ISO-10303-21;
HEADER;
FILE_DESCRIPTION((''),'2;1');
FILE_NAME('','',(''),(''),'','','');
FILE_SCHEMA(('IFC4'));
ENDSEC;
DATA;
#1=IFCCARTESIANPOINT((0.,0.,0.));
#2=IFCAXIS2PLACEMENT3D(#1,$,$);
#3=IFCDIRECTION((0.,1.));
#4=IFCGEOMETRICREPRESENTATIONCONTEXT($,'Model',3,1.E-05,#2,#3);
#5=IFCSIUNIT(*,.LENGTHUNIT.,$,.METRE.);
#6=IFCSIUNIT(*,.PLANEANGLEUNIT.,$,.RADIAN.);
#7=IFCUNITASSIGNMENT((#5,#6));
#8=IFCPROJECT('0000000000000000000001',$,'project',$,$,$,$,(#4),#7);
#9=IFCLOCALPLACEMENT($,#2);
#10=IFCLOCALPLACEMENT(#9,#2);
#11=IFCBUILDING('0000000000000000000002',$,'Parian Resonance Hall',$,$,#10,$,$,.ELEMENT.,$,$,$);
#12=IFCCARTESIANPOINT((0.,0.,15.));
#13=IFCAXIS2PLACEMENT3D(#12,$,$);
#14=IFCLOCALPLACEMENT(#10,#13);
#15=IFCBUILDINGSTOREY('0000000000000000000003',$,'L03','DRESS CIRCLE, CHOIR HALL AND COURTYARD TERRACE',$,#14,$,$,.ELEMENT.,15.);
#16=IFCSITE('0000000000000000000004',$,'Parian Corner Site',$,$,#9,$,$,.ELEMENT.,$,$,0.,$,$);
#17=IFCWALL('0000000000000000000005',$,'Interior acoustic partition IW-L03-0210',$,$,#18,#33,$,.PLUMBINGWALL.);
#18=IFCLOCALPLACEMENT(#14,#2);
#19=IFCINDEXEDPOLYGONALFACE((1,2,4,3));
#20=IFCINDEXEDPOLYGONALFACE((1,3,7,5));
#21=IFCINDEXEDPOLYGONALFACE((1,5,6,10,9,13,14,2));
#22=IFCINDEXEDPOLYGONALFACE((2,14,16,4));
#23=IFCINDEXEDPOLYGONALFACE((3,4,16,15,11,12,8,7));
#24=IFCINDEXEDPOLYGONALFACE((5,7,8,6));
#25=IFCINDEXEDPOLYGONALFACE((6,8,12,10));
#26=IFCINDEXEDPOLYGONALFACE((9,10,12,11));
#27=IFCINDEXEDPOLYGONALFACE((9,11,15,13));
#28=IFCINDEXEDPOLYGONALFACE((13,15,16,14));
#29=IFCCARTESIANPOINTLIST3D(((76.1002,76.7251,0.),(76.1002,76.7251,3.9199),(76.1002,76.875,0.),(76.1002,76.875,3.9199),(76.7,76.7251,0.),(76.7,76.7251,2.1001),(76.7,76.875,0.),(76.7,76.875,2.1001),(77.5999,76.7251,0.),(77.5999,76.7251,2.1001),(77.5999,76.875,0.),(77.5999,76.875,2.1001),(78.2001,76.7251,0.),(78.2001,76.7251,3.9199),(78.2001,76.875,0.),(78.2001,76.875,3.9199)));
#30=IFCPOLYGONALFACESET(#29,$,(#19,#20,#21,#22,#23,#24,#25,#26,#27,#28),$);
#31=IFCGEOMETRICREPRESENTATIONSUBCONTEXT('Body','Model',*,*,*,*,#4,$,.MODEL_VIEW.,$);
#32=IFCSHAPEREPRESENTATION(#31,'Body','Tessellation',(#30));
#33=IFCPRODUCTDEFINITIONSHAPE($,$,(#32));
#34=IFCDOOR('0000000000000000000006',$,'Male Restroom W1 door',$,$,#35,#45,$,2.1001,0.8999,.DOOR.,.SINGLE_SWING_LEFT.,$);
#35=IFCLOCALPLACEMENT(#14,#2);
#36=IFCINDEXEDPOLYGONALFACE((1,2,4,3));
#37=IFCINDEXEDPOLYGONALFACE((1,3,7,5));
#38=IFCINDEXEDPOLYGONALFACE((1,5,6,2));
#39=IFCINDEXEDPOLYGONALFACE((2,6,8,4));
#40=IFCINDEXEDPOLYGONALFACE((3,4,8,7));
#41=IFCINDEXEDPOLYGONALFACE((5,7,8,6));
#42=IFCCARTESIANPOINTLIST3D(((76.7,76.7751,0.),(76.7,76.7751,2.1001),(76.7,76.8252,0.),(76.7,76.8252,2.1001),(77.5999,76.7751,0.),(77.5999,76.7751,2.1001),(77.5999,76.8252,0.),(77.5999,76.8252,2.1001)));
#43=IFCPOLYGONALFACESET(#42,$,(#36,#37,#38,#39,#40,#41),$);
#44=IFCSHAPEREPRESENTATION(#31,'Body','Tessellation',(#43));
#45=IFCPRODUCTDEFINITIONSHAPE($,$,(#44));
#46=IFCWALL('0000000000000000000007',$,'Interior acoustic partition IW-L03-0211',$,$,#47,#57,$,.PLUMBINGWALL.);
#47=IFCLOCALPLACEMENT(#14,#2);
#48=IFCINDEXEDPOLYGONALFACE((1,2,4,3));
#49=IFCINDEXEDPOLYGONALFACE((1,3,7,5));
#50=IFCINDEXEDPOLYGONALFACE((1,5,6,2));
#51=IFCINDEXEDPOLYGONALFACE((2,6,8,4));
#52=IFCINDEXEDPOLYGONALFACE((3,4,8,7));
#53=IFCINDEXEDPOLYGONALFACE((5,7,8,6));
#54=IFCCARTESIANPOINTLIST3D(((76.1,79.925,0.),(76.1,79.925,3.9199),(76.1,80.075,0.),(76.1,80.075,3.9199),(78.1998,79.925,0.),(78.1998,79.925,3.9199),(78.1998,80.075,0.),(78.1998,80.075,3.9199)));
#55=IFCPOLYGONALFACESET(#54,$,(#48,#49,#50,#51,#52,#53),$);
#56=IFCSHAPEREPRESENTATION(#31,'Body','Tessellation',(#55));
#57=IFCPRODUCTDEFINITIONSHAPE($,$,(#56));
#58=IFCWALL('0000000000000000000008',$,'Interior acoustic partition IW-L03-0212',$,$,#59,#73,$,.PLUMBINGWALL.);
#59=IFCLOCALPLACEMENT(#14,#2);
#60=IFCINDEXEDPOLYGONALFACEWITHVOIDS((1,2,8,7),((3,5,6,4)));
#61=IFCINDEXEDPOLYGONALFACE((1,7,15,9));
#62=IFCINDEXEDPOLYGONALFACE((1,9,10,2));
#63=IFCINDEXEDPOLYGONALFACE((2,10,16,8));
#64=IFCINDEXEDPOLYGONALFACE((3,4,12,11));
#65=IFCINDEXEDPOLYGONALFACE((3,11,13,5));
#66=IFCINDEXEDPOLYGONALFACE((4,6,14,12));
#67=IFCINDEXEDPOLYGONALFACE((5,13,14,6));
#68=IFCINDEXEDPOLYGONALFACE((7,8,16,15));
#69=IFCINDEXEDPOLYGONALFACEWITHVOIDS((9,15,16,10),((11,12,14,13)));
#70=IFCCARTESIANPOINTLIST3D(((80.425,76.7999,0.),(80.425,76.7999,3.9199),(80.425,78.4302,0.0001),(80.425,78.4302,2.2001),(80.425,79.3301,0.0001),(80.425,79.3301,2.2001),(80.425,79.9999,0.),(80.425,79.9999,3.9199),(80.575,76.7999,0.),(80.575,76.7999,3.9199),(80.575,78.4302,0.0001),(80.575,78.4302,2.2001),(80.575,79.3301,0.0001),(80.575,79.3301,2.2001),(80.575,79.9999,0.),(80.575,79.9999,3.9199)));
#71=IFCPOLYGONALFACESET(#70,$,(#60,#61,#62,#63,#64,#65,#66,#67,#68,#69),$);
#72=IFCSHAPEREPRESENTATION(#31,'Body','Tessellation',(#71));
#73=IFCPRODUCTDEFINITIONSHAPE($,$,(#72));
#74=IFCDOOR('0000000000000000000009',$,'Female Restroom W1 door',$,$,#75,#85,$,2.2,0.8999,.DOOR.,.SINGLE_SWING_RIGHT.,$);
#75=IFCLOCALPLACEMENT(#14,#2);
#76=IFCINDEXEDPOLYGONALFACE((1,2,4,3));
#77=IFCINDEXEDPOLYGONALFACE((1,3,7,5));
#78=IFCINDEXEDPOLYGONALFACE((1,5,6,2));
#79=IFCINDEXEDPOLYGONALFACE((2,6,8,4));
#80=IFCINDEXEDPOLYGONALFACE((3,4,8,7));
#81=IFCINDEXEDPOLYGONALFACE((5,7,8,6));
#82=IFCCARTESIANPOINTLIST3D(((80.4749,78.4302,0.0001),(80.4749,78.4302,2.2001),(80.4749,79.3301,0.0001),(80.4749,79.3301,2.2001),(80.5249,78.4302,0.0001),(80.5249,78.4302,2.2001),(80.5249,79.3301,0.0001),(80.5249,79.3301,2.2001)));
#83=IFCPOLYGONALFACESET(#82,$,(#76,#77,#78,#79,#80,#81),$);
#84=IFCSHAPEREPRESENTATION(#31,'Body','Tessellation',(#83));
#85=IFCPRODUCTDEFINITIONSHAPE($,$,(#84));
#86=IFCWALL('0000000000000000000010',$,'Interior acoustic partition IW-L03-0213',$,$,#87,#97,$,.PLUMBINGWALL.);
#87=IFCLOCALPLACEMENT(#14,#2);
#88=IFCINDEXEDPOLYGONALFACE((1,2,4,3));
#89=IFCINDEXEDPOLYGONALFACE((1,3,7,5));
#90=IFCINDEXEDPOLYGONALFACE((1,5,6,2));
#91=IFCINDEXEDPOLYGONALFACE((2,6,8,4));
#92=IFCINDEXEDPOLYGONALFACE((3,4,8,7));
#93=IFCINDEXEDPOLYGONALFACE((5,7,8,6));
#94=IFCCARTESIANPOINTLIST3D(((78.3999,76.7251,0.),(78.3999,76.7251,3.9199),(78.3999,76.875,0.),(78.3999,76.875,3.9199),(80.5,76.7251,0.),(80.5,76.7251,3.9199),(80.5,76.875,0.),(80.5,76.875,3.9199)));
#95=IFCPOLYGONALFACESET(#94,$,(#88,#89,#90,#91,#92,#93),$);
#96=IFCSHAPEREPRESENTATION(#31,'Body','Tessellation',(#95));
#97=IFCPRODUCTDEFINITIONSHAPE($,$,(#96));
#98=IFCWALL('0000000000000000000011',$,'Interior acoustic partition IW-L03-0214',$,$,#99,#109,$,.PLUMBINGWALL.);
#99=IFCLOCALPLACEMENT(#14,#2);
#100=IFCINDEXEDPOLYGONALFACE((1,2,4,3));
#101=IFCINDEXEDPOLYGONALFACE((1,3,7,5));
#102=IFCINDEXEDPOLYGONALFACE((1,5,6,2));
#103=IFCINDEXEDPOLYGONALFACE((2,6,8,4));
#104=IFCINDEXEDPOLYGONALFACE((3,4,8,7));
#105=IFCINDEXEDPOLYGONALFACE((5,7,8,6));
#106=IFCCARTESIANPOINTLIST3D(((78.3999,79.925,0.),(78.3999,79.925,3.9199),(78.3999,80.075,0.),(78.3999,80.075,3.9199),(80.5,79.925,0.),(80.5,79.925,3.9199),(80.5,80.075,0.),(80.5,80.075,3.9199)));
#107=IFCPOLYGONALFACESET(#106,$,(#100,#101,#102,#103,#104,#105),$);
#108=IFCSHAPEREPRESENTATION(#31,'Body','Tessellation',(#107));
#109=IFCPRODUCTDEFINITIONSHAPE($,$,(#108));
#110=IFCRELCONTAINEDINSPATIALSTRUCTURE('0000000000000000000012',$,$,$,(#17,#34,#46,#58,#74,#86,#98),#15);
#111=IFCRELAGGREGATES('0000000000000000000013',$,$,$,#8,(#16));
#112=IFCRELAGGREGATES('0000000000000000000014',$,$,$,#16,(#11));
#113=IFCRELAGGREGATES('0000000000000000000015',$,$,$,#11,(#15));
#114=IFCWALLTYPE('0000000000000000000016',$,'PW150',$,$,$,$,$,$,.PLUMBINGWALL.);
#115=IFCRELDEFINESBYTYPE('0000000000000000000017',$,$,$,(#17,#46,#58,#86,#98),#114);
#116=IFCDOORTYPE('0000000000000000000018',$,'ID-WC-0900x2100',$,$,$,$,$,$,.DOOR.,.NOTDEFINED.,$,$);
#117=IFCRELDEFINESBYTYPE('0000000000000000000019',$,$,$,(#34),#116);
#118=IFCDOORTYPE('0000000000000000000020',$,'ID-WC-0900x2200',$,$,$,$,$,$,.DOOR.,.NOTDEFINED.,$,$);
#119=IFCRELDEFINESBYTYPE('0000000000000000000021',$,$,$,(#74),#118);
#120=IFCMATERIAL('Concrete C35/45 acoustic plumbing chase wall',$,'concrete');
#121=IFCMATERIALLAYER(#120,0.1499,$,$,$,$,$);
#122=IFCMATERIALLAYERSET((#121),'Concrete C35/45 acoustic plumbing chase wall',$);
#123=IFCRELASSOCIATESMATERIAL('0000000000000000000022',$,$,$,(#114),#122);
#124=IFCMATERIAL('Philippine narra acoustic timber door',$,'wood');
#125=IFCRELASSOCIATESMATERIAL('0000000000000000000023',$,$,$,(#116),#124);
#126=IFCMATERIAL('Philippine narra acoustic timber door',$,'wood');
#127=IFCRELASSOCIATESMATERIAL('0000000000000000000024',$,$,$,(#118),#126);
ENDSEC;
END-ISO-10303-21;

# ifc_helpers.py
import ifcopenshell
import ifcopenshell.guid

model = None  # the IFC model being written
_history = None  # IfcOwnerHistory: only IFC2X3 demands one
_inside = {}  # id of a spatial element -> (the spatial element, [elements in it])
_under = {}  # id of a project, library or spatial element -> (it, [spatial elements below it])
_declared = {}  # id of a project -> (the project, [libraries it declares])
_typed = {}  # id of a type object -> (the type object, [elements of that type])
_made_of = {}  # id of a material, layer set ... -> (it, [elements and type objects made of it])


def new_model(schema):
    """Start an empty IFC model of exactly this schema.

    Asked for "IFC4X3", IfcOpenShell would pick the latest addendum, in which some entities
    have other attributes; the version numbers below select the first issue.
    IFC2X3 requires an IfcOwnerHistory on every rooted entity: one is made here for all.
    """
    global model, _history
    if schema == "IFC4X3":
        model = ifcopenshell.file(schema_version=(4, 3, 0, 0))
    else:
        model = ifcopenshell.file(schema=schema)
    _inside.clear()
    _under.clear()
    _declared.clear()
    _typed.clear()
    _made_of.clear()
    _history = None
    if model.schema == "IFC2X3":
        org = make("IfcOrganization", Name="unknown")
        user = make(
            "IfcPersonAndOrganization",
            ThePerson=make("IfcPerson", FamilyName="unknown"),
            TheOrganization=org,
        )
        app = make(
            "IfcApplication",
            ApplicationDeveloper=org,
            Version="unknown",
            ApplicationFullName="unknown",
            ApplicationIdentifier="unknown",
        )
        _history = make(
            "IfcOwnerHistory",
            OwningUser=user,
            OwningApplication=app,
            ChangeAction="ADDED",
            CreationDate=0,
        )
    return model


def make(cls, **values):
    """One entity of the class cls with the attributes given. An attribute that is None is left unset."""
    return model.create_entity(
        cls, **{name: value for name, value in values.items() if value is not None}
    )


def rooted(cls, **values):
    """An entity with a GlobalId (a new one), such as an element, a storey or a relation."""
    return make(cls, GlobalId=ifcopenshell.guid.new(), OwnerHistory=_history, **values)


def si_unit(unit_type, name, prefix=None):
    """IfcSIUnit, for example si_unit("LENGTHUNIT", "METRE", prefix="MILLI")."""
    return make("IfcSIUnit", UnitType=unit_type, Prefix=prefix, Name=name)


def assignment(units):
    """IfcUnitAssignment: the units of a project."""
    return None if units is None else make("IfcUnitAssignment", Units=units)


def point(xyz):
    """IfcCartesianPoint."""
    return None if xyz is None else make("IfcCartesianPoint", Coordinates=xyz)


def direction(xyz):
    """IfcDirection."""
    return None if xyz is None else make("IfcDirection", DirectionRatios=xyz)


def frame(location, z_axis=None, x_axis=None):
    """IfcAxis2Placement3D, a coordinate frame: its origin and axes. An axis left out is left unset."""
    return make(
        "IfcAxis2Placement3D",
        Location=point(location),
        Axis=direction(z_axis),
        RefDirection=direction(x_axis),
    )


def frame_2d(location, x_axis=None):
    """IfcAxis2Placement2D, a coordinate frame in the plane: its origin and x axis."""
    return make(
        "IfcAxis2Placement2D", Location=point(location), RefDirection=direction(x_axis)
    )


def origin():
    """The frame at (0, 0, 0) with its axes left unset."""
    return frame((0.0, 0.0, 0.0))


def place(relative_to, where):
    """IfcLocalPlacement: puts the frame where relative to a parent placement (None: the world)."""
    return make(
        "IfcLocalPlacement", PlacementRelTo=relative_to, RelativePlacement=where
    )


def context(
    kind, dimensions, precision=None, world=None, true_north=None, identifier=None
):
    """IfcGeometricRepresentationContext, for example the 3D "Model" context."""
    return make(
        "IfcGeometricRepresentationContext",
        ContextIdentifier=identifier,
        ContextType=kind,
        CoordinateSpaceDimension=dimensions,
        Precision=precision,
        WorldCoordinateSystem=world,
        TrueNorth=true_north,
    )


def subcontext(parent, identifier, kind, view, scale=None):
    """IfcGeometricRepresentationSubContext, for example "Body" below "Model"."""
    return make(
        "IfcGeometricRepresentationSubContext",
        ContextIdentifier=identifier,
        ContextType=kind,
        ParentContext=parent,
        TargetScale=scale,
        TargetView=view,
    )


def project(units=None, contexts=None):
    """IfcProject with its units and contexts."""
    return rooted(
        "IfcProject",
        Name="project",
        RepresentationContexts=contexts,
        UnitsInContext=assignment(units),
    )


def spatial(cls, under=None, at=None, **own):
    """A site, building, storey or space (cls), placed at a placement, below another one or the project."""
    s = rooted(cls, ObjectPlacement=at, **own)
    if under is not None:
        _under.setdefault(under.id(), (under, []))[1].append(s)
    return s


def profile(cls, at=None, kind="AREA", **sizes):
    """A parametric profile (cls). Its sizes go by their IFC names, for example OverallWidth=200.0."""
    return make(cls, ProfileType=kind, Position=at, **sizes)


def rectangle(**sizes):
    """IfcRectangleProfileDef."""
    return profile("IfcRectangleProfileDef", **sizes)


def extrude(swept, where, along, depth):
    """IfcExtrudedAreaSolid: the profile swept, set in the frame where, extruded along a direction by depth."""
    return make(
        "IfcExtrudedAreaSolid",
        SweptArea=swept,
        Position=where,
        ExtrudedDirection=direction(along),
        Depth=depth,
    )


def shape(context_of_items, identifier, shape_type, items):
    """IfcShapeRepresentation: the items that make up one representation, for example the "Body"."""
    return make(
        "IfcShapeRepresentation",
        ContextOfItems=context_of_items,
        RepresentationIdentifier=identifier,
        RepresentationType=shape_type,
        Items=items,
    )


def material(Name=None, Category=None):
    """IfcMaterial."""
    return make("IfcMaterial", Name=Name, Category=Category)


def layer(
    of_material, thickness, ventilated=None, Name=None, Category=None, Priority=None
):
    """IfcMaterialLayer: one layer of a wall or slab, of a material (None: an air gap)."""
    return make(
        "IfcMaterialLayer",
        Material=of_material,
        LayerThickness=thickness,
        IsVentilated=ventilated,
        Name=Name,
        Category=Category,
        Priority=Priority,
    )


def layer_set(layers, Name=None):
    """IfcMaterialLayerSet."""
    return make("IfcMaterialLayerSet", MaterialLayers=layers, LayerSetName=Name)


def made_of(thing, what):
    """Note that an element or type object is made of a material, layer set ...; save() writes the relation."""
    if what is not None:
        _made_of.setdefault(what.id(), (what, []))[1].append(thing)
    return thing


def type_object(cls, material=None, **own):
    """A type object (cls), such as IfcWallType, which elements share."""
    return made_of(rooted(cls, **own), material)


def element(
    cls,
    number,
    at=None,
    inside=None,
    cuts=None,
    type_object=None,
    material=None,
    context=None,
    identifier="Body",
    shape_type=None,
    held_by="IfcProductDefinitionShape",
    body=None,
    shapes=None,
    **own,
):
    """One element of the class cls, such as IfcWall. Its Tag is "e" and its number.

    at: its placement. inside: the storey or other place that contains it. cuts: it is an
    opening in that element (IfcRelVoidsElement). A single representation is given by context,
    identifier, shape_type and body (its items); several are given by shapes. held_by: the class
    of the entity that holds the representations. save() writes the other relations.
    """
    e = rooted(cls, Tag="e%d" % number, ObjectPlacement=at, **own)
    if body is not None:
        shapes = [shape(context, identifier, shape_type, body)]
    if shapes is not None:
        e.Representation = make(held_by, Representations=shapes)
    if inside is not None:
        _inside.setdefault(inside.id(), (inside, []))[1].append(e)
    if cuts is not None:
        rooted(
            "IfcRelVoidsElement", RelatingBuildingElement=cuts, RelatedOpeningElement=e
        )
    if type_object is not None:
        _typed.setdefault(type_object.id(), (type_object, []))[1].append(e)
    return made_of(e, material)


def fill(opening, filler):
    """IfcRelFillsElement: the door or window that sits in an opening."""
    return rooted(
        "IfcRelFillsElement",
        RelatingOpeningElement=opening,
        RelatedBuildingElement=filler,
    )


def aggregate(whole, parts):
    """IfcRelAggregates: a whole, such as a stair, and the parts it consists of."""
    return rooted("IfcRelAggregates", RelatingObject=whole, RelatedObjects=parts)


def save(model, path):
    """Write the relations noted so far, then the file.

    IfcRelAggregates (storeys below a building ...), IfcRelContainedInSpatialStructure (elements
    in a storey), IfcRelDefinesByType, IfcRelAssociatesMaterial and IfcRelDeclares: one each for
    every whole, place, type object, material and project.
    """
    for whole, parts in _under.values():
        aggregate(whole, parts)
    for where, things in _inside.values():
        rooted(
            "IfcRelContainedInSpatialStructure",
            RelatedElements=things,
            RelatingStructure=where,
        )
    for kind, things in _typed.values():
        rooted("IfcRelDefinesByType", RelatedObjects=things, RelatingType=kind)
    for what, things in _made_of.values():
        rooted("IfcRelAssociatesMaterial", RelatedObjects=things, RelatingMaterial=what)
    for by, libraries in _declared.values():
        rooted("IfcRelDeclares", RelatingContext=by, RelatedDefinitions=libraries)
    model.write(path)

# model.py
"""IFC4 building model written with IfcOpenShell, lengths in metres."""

from ifc_helpers import new_model, si_unit, direction, frame, frame_2d, origin, place, context, subcontext, project, spatial, rectangle, extrude, material, layer, layer_set, type_object, element, fill, save


model = new_model("IFC4")

# Units and contexts
model_context = context("Model", 3, precision=1e-05, world=origin(), true_north=direction((0.0, 1.0)))
body_context = subcontext(model_context, "Body", "Model", "MODEL_VIEW")
ifc_project = project(units=[si_unit("LENGTHUNIT", "METRE"), si_unit("PLANEANGLEUNIT", "RADIAN")], contexts=[model_context])

# Site, building, storey
site_placement = place(None, origin())
site = spatial("IfcSite", under=ifc_project, at=site_placement, Name="Parian Corner Site", CompositionType="ELEMENT", RefElevation=0.0)
building_placement = place(site_placement, origin())
building = spatial("IfcBuilding", under=site, at=building_placement, Name="Parian Resonance Hall", CompositionType="ELEMENT")
storey_placement = place(building_placement, frame((0.0, 0.0, 15.0)))
storey = spatial("IfcBuildingStorey", under=building, at=storey_placement, Name="L03", Description="DRESS CIRCLE, CHOIR HALL AND COURTYARD TERRACE", CompositionType="ELEMENT", Elevation=15.0)

# Shared definitions
ifc_material_1 = material(Name="Concrete C35/45 acoustic plumbing chase wall", Category="concrete")
ifc_layer_1 = layer(ifc_material_1, 0.1499)
ifc_layer_set_1 = layer_set([ifc_layer_1], Name="Concrete C35/45 acoustic plumbing chase wall")
wall_type_1 = type_object("IfcWallType", Name="PW150", PredefinedType="PLUMBINGWALL", material=ifc_layer_set_1)

# Wall, opening, door
wall_1_placement = place(storey_placement, frame((78.2, 76.8, 0.0), z_axis=(0.0, 0.0, 1.0), x_axis=(-1.0, 0.0, 0.0)))
wall_1 = element("IfcWall", 1, at=wall_1_placement, inside=storey, type_object=wall_type_1, Name="Interior acoustic partition IW-L03-0210", PredefinedType="PLUMBINGWALL", context=body_context, shape_type="SweptSolid", body=[
    extrude(rectangle(XDim=2.0999, YDim=0.1499, at=frame_2d((1.0498, 0.0))), origin(), (0.0, 0.0, 1.0), 3.9199),
])
opening_1_placement = place(wall_1_placement, frame((0.6001, 0.0, 0.0)))
opening_1 = element("IfcOpeningElement", 2, at=opening_1_placement, cuts=wall_1, PredefinedType="OPENING", context=body_context, shape_type="SweptSolid", body=[
    extrude(rectangle(XDim=0.8999, YDim=2.1001, at=frame_2d((0.45, 1.05))), frame((0.0, 0.085, 0.0), z_axis=(0.0, -1.0, 0.0), x_axis=(1.0, 0.0, 0.0)), (0.0, 0.0, 1.0), 0.1699),
])
ifc_material_2 = material(Name="Philippine narra acoustic timber door", Category="wood")
door_type_1 = type_object("IfcDoorType", Name="ID-WC-0900x2100", OperationType="NOTDEFINED", PredefinedType="DOOR", material=ifc_material_2)
door_1_placement = place(opening_1_placement, origin())
door_1 = element("IfcDoor", 3, at=door_1_placement, inside=storey, type_object=door_type_1, Name="Male Restroom W1 door", OperationType="SINGLE_SWING_LEFT", OverallHeight=2.1001, OverallWidth=0.8999, PredefinedType="DOOR", context=body_context, shape_type="SweptSolid", body=[
    extrude(rectangle(XDim=0.8999, YDim=2.1001, at=frame_2d((0.45, 1.05))), frame((0.0, 0.0249, 0.0), z_axis=(0.0, -1.0, 0.0), x_axis=(1.0, 0.0, 0.0)), (0.0, 0.0, 1.0), 0.05),
])
fill(opening_1, door_1)

# Wall
wall_2_placement = place(storey_placement, frame((76.1001, 80.0, 0.0), z_axis=(0.0, 0.0, 1.0), x_axis=(1.0, 0.0, 0.0)))
element("IfcWall", 4, at=wall_2_placement, inside=storey, type_object=wall_type_1, Name="Interior acoustic partition IW-L03-0211", PredefinedType="PLUMBINGWALL", context=body_context, shape_type="SweptSolid", body=[
    extrude(rectangle(XDim=2.0999, YDim=0.1499, at=frame_2d((1.0498, 0.0))), origin(), (0.0, 0.0, 1.0), 3.9199),
])

# Wall, opening, door
wall_3_placement = place(storey_placement, frame((80.5, 80.0, 0.0), z_axis=(0.0, 0.0, 1.0), x_axis=(0.0, -1.0, 0.0)))
wall_3 = element("IfcWall", 5, at=wall_3_placement, inside=storey, type_object=wall_type_1, Name="Interior acoustic partition IW-L03-0212", PredefinedType="PLUMBINGWALL", context=body_context, shape_type="SweptSolid", body=[
    extrude(rectangle(XDim=3.2, YDim=0.1499, at=frame_2d((1.6001, 0.0))), origin(), (0.0, 0.0, 1.0), 3.9199),
])
opening_2_placement = place(wall_3_placement, frame((0.6699, 0.0, 0.0)))
opening_2 = element("IfcOpeningElement", 6, at=opening_2_placement, cuts=wall_3, PredefinedType="OPENING", context=body_context, shape_type="SweptSolid", body=[
    extrude(rectangle(XDim=0.8999, YDim=2.2, at=frame_2d((0.45, 1.1001))), frame((0.0, 0.085, 0.0), z_axis=(0.0, -1.0, 0.0), x_axis=(1.0, 0.0, 0.0)), (0.0, 0.0, 1.0), 0.1699),
])
ifc_material_3 = material(Name="Philippine narra acoustic timber door", Category="wood")
door_type_2 = type_object("IfcDoorType", Name="ID-WC-0900x2200", OperationType="NOTDEFINED", PredefinedType="DOOR", material=ifc_material_3)
door_2_placement = place(opening_2_placement, origin())
door_2 = element("IfcDoor", 7, at=door_2_placement, inside=storey, type_object=door_type_2, Name="Female Restroom W1 door", OperationType="SINGLE_SWING_RIGHT", OverallHeight=2.2, OverallWidth=0.8999, PredefinedType="DOOR", context=body_context, shape_type="SweptSolid", body=[
    extrude(rectangle(XDim=0.8999, YDim=2.2, at=frame_2d((0.45, 1.1001))), frame((0.0, 0.0249, 0.0), z_axis=(0.0, -1.0, 0.0), x_axis=(1.0, 0.0, 0.0)), (0.0, 0.0, 1.0), 0.05),
])
fill(opening_2, door_2)

# Walls
for number, where, z_axis, x_axis, name in (
    (8, (80.5, 76.8, 0.0), (0.0, 0.0, 1.0), (-1.0, 0.0, 0.0), "Interior acoustic partition IW-L03-0213"),
    (9, (78.3999, 80.0, 0.0), (0.0, 0.0, 1.0), (1.0, 0.0, 0.0), "Interior acoustic partition IW-L03-0214"),
):
    element("IfcWall", number, at=place(storey_placement, frame(where, z_axis=z_axis, x_axis=x_axis)), inside=storey, type_object=wall_type_1, Name=name, PredefinedType="PLUMBINGWALL", context=body_context, shape_type="SweptSolid", body=[
        extrude(rectangle(XDim=2.1001, YDim=0.1499, at=frame_2d((1.05, 0.0))), origin(), (0.0, 0.0, 1.0), 3.9199),
    ])

save(model, "model.ifc")
